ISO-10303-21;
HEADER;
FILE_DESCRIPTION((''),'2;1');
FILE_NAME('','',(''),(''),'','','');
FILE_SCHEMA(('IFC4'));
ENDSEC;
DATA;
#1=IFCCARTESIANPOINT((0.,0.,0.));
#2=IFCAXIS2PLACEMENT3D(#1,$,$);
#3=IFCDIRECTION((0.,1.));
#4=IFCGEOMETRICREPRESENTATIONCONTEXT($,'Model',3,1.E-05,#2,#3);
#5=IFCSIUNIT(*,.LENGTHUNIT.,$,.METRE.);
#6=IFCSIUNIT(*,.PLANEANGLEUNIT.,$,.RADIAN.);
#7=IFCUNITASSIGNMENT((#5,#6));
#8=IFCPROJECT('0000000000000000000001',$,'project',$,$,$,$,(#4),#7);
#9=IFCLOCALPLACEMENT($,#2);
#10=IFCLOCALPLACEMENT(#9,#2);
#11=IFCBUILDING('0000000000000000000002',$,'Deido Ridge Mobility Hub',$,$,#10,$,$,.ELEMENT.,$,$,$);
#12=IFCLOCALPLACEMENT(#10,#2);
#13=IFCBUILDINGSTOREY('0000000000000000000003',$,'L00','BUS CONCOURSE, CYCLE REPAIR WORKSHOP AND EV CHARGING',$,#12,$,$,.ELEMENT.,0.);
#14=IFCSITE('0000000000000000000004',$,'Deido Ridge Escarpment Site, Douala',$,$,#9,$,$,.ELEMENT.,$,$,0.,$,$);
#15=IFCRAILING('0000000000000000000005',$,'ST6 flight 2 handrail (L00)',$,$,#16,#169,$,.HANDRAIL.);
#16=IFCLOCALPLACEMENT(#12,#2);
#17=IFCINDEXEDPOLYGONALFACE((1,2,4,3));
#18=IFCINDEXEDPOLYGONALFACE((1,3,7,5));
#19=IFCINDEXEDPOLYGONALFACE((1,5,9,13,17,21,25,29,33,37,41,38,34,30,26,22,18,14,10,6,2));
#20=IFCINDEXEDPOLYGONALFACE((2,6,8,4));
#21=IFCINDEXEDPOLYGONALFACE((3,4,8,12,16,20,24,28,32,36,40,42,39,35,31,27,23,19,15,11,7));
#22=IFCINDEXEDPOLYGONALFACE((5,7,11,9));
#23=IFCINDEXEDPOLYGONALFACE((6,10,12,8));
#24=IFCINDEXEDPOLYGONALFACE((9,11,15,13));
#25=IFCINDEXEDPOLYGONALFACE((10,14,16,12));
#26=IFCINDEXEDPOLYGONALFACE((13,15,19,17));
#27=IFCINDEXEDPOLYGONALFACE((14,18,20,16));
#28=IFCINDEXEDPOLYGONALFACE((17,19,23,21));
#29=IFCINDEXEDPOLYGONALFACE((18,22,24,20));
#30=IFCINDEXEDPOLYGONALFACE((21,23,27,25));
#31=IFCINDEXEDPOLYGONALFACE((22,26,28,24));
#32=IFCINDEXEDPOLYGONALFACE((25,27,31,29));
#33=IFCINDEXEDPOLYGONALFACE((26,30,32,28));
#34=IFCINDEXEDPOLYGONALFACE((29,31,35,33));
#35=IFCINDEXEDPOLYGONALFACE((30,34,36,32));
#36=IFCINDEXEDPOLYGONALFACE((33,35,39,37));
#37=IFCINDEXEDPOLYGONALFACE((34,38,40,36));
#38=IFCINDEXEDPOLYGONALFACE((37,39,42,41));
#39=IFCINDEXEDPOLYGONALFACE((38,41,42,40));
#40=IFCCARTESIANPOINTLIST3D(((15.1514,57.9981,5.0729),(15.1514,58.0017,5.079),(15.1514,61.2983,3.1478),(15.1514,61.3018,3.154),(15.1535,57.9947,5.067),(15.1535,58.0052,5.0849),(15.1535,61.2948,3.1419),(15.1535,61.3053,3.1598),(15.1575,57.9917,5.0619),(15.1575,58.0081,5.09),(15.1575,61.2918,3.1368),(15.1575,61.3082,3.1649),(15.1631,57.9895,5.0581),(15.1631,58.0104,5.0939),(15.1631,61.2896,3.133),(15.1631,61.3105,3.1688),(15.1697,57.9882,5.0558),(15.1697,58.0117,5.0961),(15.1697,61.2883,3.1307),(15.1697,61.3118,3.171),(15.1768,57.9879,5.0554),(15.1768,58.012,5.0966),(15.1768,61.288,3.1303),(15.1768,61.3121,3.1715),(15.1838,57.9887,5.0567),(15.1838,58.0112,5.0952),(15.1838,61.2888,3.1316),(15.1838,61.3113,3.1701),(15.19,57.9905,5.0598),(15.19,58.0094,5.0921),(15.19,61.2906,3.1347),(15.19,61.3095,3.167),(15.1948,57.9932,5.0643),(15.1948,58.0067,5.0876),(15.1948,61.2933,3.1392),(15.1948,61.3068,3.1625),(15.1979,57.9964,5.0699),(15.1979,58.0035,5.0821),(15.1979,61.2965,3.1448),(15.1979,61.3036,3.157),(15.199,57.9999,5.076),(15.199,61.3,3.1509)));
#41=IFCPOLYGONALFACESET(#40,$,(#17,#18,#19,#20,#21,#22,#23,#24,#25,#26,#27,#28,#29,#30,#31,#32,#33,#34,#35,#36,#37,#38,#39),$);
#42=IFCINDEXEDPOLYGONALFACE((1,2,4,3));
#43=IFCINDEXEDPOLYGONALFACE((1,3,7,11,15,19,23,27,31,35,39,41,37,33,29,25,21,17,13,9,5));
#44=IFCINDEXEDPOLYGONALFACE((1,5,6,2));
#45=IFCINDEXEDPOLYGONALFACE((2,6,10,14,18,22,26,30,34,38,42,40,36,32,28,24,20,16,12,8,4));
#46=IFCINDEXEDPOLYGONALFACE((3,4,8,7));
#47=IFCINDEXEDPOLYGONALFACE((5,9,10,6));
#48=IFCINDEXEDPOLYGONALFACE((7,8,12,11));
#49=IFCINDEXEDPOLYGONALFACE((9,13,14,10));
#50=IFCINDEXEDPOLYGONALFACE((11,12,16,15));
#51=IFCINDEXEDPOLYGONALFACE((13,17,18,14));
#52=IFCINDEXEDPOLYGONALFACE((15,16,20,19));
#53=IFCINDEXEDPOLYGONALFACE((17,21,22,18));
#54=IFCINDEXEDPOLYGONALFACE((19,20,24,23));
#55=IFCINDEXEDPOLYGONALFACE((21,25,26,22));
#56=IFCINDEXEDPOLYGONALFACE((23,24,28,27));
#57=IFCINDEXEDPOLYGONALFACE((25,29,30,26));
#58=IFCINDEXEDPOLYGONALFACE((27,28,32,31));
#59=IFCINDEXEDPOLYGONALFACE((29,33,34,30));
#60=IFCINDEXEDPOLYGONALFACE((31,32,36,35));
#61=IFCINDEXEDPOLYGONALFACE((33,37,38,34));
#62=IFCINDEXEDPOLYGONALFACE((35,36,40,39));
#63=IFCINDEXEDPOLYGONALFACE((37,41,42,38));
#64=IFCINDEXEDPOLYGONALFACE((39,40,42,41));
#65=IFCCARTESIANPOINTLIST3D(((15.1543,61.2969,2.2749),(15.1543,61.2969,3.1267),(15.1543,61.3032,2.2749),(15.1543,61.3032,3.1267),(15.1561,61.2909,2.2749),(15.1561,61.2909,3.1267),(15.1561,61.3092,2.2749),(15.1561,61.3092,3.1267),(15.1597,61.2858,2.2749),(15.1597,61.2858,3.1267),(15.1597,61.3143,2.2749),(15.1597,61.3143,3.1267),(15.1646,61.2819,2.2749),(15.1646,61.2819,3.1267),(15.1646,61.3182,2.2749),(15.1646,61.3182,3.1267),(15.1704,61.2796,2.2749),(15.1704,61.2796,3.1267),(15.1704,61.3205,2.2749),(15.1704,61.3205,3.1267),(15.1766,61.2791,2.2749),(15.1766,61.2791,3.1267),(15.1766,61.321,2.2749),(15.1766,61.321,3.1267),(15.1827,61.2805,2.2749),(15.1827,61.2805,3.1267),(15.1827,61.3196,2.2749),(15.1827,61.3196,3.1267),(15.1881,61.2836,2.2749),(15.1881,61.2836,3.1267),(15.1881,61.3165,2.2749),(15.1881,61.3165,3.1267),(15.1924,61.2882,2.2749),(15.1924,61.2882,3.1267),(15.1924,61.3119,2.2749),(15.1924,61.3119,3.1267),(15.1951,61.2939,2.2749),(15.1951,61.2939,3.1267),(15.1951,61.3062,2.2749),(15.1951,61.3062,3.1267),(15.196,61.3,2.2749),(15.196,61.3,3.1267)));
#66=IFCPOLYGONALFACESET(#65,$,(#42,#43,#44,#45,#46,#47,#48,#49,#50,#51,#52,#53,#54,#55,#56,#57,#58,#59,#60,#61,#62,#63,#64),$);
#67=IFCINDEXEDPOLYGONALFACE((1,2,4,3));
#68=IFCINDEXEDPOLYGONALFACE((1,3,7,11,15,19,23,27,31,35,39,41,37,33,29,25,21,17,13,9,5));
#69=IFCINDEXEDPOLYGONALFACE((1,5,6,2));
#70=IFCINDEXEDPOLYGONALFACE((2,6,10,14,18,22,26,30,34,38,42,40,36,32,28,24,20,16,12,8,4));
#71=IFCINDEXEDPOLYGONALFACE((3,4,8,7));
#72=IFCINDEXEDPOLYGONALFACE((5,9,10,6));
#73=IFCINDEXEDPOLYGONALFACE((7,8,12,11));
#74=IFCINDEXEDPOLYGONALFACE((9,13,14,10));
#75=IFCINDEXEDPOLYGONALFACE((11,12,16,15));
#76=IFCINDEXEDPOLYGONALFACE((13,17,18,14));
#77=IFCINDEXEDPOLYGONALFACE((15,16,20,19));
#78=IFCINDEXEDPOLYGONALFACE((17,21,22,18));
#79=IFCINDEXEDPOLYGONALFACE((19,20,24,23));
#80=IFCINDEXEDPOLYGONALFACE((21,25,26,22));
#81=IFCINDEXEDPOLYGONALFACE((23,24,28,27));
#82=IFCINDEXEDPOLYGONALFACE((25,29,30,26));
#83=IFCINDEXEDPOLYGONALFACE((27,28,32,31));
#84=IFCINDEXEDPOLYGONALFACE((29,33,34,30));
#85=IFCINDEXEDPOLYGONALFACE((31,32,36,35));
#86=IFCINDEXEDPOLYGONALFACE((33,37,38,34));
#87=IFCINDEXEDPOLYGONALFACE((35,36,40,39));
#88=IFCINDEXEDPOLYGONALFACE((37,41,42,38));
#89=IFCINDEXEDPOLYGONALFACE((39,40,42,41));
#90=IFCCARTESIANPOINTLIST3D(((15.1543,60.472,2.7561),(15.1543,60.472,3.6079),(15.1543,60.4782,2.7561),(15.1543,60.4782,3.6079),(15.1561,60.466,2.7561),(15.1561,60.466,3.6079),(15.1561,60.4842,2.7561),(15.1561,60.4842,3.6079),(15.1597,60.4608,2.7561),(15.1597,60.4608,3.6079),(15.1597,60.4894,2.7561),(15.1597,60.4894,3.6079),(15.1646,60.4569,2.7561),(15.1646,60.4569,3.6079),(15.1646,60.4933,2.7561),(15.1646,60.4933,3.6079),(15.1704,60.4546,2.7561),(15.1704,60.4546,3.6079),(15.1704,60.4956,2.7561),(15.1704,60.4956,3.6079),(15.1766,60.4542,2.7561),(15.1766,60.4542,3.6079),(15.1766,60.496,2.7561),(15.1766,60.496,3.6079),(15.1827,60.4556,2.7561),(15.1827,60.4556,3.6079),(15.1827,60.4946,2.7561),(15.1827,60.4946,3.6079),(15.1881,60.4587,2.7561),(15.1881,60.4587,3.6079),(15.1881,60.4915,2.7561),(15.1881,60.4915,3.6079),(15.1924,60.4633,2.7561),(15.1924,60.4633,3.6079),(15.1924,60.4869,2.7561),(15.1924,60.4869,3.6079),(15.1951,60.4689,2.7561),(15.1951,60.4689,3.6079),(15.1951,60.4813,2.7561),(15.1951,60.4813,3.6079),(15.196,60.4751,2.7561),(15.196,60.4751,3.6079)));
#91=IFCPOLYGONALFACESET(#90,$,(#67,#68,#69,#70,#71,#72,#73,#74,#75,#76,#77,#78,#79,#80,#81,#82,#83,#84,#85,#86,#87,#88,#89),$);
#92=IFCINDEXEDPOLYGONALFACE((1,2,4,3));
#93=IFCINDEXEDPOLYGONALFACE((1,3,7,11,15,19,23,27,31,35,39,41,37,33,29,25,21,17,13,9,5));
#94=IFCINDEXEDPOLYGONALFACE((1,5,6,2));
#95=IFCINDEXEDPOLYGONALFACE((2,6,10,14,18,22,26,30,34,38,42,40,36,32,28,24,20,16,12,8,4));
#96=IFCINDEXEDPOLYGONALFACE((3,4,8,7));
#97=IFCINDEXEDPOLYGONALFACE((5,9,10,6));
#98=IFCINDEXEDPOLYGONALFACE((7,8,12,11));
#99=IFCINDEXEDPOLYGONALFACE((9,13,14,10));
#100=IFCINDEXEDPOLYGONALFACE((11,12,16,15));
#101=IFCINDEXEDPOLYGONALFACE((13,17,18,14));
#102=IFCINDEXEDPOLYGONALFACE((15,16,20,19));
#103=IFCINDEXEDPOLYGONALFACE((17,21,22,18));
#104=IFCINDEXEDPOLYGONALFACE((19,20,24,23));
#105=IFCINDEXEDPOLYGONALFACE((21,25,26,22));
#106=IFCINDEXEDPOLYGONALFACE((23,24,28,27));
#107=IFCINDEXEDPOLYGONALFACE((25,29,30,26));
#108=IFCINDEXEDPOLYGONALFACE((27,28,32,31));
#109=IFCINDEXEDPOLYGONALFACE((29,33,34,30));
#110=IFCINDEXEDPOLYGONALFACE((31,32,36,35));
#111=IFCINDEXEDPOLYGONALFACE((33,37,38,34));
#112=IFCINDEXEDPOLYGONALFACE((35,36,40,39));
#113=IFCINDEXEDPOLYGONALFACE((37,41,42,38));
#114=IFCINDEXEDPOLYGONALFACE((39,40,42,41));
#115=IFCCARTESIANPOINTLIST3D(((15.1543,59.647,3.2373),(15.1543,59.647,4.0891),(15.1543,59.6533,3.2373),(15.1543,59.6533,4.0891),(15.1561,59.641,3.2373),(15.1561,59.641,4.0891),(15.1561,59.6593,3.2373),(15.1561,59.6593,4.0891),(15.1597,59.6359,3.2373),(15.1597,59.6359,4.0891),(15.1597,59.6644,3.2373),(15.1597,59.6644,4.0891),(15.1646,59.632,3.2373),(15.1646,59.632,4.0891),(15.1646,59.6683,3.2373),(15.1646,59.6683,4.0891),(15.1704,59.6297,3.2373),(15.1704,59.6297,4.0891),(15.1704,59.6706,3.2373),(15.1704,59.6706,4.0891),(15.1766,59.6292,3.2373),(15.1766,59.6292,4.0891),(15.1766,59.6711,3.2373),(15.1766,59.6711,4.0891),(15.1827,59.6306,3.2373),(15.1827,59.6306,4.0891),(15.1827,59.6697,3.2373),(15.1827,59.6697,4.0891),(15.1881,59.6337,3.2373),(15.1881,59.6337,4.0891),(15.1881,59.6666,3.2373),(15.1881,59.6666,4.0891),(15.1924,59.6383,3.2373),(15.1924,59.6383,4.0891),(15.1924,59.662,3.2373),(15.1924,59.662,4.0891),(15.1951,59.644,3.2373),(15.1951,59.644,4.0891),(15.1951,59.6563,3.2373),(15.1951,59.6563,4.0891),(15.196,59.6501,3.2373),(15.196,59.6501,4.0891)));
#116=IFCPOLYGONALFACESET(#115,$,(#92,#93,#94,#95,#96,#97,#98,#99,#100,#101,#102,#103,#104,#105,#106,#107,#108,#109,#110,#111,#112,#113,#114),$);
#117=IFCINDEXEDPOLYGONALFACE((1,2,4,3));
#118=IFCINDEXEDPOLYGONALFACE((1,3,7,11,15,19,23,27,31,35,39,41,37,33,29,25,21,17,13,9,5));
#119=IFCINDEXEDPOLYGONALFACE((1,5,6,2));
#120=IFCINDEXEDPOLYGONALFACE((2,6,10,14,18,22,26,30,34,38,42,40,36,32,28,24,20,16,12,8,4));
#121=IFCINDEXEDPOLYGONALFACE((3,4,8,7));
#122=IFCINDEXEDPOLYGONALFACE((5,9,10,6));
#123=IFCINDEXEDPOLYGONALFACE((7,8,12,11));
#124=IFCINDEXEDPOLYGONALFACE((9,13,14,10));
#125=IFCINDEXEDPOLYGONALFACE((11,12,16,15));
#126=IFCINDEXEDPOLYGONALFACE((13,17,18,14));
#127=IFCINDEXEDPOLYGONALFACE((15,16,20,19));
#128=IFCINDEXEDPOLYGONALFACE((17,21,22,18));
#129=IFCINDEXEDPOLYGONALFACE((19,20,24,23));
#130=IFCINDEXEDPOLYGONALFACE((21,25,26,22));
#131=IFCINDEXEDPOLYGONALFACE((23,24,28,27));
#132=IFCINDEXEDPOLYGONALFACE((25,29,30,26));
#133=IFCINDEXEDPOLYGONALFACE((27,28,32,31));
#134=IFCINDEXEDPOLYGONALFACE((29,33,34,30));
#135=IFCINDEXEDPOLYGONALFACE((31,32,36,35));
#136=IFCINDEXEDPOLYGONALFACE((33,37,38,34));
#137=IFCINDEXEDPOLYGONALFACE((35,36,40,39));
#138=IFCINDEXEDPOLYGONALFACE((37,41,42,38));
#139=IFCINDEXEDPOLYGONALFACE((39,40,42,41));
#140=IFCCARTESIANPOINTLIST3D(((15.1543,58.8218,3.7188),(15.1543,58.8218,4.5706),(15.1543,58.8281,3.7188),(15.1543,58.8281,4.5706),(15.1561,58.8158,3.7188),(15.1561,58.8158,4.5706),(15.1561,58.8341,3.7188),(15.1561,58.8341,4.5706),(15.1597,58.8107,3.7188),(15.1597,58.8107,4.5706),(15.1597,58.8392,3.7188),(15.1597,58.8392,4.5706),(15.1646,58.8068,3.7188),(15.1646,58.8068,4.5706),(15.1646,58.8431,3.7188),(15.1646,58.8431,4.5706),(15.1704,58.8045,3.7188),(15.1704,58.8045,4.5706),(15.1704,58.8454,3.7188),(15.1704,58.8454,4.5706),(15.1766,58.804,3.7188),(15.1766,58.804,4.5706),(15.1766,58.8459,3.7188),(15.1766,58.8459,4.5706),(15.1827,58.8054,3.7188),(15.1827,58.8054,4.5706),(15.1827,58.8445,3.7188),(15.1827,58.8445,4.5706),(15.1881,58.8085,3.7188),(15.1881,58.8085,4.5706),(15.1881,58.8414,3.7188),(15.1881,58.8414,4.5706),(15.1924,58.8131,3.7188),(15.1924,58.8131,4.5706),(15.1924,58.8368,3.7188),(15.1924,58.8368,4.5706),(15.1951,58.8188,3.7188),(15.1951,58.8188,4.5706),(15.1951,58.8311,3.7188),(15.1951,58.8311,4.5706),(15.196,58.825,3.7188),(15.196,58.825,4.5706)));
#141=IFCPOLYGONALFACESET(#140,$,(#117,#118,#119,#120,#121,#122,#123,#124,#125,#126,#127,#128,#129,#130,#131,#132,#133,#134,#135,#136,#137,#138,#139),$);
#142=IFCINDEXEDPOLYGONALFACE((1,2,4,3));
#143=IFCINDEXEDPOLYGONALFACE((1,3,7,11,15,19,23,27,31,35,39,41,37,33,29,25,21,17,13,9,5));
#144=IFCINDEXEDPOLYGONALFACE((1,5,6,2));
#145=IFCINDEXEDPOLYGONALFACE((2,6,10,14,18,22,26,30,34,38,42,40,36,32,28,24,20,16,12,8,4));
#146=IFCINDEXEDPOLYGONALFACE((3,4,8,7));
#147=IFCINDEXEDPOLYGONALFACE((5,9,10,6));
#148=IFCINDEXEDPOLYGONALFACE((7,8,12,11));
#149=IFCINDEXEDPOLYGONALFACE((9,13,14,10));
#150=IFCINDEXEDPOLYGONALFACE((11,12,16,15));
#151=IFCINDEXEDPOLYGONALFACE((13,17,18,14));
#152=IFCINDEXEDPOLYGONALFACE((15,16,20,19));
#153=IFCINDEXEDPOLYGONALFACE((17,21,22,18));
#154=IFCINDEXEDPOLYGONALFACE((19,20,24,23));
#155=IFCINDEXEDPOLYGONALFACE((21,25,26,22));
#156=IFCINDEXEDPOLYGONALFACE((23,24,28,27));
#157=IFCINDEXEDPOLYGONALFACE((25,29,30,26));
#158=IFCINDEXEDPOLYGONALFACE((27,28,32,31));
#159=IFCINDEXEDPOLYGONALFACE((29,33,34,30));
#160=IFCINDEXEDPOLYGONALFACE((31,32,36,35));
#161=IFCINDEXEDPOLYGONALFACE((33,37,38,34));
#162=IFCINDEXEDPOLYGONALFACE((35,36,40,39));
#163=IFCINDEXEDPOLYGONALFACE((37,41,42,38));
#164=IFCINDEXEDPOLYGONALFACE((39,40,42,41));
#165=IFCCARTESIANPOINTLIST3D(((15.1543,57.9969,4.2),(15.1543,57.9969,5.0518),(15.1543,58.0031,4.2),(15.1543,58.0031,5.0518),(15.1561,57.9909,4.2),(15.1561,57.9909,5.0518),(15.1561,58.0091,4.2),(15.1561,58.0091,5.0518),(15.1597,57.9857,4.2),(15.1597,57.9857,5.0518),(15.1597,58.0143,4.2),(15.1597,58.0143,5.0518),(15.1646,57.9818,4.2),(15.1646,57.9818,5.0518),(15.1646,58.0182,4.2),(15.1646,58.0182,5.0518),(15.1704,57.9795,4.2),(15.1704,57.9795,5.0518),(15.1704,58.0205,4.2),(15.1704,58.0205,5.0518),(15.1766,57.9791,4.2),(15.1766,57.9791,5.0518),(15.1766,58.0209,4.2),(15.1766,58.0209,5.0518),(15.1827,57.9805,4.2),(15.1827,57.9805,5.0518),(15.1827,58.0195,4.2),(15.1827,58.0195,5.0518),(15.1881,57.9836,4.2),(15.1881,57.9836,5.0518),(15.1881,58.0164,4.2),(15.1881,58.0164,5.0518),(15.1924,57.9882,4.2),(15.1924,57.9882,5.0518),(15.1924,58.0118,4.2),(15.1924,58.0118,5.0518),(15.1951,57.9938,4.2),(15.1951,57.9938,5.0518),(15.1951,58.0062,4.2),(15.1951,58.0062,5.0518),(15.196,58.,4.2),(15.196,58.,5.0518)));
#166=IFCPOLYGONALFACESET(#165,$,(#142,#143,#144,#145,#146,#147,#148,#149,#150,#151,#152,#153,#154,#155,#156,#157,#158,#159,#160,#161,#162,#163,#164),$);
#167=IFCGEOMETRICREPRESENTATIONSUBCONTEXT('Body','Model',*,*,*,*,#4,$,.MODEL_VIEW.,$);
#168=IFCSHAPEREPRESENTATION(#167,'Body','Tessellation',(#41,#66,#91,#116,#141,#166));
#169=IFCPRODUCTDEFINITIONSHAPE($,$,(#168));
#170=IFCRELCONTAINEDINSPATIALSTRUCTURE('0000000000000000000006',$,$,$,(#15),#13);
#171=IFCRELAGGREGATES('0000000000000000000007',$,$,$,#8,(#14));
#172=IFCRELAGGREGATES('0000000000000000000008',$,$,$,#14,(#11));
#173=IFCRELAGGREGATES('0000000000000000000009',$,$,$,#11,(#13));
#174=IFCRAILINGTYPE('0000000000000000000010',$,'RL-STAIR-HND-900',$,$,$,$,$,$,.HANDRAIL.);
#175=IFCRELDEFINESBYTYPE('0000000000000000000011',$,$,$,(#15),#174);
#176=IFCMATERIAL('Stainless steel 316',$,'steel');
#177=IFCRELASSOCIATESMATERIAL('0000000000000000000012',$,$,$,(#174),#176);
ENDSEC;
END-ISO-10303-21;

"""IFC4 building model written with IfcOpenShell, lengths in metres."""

from ifc_helpers import new_model, si_unit, direction, frame, origin, origin_2d, place, context, subcontext, project, spatial, circle, extrude, material, type_object, element, save


model = new_model("IFC4")

# Units and contexts
model_context = context("Model", 3, precision=1e-05, world=origin(), true_north=direction((0.0, 1.0)))
body_context = subcontext(model_context, "Body", "Model", "MODEL_VIEW")
ifc_project = project(units=[si_unit("LENGTHUNIT", "METRE"), si_unit("PLANEANGLEUNIT", "RADIAN")], contexts=[model_context])

# Site, building, storey
site_placement = place(None, origin())
site = spatial("IfcSite", under=ifc_project, at=site_placement, Name="Deido Ridge Escarpment Site, Douala", CompositionType="ELEMENT", RefElevation=0.0)
building_placement = place(site_placement, origin())
building = spatial("IfcBuilding", under=site, at=building_placement, Name="Deido Ridge Mobility Hub", CompositionType="ELEMENT")
storey_placement = place(building_placement, origin())
storey = spatial("IfcBuildingStorey", under=building, at=storey_placement, Name="L00", Description="BUS CONCOURSE, CYCLE REPAIR WORKSHOP AND EV CHARGING", CompositionType="ELEMENT", Elevation=0.0)

# Shared definitions
ifc_material_1 = material(Name="Stainless steel 316", Category="steel")

# Railing
railing_type_1 = type_object("IfcRailingType", Name="RL-STAIR-HND-900", PredefinedType="HANDRAIL", material=ifc_material_1)
railing_1_placement = place(storey_placement, frame((15.175, 61.3, 2.2749)))
element("IfcRailing", 1, at=railing_1_placement, inside=storey, type_object=railing_type_1, Name="ST6 flight 2 handrail (L00)", PredefinedType="HANDRAIL", context=body_context, shape_type="SweptSolid", body=[
    extrude(circle(Radius=0.0239, at=origin_2d()), frame((0.0, 0.0, 0.876), z_axis=(0.0, -0.863777, 0.503875), x_axis=(1.0, 0.0, 0.0)), (0.0, 0.0, 1.0), 3.8206),
    extrude(circle(Radius=0.021, at=origin_2d()), origin(), (0.0, 0.0, 1.0), 0.8518),
    extrude(circle(Radius=0.021, at=origin_2d()), frame((0.0, -0.825, 0.4812)), (0.0, 0.0, 1.0), 0.8518),
    extrude(circle(Radius=0.021, at=origin_2d()), frame((0.0, -1.6499, 0.9624)), (0.0, 0.0, 1.0), 0.8518),
    extrude(circle(Radius=0.021, at=origin_2d()), frame((0.0, -2.4751, 1.4438)), (0.0, 0.0, 1.0), 0.8518),
    extrude(circle(Radius=0.021, at=origin_2d()), frame((0.0, -3.3, 1.925)), (0.0, 0.0, 1.0), 0.8518),
])

save(model, "model.ifc")
